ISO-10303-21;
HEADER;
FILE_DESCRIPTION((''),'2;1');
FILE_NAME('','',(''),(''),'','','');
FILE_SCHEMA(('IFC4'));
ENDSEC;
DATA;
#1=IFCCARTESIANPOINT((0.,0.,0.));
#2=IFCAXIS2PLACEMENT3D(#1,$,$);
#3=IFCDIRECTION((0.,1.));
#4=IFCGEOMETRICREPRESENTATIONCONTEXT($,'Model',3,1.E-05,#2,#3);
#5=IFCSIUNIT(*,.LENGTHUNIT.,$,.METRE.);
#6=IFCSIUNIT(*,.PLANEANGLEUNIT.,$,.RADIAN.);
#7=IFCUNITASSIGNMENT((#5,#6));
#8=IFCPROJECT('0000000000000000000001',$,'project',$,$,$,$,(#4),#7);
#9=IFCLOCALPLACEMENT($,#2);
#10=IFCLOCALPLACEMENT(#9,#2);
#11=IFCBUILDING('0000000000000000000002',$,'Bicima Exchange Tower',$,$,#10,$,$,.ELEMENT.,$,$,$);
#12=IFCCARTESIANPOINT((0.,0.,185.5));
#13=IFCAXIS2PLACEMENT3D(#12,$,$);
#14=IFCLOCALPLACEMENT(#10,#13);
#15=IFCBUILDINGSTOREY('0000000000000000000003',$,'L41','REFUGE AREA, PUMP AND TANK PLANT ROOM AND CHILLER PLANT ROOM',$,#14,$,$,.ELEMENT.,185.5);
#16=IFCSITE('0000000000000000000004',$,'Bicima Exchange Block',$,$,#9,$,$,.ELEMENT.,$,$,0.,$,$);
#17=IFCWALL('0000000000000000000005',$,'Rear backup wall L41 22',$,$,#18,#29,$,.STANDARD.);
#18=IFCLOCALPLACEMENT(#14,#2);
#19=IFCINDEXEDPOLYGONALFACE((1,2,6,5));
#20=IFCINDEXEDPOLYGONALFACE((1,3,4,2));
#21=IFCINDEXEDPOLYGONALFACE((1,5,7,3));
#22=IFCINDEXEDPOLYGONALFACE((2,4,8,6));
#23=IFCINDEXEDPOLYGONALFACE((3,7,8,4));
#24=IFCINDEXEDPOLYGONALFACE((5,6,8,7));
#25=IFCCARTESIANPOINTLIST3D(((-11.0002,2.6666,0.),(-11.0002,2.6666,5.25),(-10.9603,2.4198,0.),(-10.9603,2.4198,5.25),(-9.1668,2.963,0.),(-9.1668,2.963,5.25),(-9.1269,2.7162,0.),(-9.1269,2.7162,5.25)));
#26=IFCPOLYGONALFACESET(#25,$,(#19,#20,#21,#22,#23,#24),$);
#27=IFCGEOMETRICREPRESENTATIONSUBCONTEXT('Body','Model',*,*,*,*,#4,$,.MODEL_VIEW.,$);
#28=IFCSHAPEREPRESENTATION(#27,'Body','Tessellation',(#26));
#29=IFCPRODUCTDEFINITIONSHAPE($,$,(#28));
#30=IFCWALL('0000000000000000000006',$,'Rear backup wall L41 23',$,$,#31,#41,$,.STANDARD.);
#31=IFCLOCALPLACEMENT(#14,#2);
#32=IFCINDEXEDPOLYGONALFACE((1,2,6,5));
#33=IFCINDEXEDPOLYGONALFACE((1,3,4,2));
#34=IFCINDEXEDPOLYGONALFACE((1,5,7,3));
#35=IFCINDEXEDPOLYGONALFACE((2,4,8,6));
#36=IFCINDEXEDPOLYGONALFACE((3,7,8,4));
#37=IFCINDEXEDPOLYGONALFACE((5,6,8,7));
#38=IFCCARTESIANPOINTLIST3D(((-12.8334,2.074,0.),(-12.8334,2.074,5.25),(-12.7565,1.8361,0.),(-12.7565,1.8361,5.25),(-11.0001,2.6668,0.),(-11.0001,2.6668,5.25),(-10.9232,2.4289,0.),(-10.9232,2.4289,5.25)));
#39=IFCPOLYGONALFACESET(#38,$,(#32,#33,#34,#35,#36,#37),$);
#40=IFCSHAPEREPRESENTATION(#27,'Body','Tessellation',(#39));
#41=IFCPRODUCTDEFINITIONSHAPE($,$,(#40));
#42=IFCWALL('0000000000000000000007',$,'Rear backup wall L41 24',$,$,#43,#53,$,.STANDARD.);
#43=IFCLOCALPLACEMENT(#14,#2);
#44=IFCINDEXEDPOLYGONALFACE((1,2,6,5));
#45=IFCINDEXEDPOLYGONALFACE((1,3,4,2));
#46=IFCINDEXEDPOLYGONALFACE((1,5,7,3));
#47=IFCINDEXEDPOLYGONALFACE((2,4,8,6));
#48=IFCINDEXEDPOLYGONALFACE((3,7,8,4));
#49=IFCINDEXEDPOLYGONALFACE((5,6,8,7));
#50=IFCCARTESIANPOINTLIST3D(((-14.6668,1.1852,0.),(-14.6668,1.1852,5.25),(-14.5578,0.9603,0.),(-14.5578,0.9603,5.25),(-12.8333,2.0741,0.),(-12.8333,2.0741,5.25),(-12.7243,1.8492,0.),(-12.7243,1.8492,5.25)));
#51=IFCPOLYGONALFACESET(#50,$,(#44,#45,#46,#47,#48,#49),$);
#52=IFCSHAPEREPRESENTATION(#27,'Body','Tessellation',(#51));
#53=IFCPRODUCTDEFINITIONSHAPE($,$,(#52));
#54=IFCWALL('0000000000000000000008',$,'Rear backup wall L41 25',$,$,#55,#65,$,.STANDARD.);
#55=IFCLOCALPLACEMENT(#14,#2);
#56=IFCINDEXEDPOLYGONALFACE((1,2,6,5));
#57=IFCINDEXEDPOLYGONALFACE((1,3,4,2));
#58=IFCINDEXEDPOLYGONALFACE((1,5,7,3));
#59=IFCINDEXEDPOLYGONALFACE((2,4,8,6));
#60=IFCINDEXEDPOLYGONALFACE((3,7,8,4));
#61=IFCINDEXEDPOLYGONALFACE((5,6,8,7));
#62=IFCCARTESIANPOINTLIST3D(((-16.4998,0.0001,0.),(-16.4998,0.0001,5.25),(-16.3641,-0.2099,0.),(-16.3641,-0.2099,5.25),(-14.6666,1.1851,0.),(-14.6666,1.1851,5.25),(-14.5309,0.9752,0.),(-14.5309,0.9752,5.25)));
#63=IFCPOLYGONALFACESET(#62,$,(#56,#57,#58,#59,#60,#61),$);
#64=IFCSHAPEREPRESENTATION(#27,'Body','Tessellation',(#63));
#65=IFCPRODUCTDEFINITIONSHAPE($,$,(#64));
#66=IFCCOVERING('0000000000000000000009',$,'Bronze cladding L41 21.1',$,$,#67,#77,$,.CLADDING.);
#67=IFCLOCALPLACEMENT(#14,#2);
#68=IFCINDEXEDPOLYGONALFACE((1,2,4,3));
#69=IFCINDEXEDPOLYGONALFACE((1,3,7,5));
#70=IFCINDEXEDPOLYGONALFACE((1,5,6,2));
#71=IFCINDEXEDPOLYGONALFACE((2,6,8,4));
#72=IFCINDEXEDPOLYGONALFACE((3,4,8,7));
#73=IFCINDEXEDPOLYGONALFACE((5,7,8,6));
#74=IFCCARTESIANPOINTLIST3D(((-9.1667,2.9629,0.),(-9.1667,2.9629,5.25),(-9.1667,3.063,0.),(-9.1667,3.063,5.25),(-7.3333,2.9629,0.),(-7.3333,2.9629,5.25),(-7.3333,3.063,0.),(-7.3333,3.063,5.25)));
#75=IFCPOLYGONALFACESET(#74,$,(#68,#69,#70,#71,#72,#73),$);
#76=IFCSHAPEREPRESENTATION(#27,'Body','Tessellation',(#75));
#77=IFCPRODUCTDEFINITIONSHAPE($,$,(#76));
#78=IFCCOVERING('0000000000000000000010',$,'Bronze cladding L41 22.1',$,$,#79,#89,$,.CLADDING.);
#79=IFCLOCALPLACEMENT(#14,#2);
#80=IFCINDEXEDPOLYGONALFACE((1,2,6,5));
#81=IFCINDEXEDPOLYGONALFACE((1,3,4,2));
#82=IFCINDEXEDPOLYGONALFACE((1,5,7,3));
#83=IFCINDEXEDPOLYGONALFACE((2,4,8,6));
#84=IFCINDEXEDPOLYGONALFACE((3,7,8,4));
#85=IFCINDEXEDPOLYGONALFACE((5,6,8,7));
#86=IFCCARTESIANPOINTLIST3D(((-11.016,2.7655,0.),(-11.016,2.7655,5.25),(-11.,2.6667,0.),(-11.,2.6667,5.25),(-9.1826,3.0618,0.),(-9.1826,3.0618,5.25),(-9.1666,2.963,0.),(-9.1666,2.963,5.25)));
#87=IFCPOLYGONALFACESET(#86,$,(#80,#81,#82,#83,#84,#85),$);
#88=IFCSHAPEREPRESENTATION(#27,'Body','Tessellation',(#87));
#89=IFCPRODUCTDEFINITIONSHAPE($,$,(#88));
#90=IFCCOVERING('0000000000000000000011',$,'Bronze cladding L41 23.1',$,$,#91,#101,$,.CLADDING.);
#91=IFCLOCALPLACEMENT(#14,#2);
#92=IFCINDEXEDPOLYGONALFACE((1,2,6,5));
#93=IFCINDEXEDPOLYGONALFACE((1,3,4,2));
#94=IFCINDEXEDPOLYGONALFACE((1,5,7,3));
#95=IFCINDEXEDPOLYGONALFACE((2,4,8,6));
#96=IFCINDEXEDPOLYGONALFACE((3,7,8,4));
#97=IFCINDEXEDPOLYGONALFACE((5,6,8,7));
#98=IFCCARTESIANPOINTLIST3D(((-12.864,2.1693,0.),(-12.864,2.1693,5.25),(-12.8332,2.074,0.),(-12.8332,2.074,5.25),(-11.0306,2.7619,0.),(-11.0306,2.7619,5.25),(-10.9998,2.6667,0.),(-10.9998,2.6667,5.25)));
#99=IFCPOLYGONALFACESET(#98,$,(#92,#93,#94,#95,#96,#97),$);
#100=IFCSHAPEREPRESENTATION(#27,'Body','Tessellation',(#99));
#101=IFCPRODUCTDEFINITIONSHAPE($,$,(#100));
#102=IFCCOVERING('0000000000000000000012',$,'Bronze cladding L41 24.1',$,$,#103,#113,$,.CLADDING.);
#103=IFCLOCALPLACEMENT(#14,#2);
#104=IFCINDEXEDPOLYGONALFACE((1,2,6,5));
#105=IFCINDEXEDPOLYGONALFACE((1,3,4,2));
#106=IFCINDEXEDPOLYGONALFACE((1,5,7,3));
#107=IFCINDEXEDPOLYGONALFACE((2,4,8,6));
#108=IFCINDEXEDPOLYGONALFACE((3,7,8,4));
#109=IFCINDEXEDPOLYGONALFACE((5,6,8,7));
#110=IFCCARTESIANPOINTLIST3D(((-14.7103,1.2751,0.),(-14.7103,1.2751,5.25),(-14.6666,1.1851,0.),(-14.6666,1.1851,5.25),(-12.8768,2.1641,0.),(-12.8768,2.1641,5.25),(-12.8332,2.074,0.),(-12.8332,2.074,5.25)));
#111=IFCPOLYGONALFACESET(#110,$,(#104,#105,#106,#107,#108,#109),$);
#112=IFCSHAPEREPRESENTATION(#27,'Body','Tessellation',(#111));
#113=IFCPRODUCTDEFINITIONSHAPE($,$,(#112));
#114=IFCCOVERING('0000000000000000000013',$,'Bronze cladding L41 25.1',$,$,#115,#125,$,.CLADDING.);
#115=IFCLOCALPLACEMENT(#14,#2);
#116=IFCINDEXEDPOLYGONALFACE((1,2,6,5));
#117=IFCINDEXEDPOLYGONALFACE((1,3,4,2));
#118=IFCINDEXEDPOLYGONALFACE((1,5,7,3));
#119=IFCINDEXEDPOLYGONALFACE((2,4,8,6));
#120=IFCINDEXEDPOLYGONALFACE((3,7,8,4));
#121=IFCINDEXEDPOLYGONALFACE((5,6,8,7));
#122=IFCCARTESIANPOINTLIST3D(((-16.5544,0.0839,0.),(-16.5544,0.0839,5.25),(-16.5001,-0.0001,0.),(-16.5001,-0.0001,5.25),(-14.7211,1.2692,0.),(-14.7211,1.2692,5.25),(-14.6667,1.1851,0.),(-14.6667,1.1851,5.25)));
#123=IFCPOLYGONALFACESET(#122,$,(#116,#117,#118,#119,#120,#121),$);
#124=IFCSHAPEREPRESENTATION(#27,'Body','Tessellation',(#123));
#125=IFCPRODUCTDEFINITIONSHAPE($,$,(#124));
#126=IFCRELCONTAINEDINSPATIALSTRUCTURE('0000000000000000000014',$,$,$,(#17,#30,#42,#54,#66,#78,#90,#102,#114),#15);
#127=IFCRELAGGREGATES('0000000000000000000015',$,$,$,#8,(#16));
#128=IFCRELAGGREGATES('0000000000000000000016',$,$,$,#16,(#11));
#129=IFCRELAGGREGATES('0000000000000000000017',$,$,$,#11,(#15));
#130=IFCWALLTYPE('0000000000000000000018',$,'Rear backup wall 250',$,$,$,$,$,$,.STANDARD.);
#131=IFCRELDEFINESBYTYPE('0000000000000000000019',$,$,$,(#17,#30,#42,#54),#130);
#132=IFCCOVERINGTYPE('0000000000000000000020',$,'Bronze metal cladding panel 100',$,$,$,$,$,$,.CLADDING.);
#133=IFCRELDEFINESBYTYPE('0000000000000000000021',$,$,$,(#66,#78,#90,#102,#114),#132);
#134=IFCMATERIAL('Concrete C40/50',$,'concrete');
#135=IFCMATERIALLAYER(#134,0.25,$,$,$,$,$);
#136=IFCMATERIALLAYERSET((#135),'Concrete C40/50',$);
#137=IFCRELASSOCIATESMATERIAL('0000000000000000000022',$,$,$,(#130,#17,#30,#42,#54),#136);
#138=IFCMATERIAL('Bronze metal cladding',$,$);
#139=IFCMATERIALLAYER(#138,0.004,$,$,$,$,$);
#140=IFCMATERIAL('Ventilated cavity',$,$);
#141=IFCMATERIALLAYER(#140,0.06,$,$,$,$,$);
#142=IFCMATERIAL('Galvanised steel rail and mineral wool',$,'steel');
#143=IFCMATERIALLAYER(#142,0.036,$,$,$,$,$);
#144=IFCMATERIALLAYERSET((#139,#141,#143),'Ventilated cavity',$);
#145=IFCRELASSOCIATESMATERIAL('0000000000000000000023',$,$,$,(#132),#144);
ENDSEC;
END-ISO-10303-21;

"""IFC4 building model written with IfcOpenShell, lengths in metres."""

from ifc_helpers import new_model, si_unit, direction, frame, frame_2d, origin, origin_2d, place, context, subcontext, project, spatial, rectangle, extrude, material, layer, layer_set, layer_usage, type_object, element, save


model = new_model("IFC4")

# Units and contexts
model_context = context("Model", 3, precision=1e-05, world=origin(), true_north=direction((0.0, 1.0)))
body_context = subcontext(model_context, "Body", "Model", "MODEL_VIEW")
ifc_project = project(units=[si_unit("LENGTHUNIT", "METRE"), si_unit("PLANEANGLEUNIT", "RADIAN")], contexts=[model_context])

# Site, building, storey
site_placement = place(None, origin())
site = spatial("IfcSite", under=ifc_project, at=site_placement, Name="Bicima Exchange Block", CompositionType="ELEMENT", RefElevation=0.0)
building_placement = place(site_placement, origin())
building = spatial("IfcBuilding", under=site, at=building_placement, Name="Bicima Exchange Tower", CompositionType="ELEMENT")
storey_placement = place(building_placement, frame((0.0, 0.0, 185.5)))
storey = spatial("IfcBuildingStorey", under=building, at=storey_placement, Name="L41", Description="REFUGE AREA, PUMP AND TANK PLANT ROOM AND CHILLER PLANT ROOM", CompositionType="ELEMENT", Elevation=185.5)

# Walls
ifc_material_1 = material(Name="Concrete C40/50", Category="concrete")
ifc_layer_1 = layer(ifc_material_1, 0.25)
ifc_layer_set_1 = layer_set([ifc_layer_1], Name="Concrete C40/50")
ifc_layer_usage = layer_usage(ifc_layer_set_1, "AXIS2", "POSITIVE", -0.125)
wall_type_1 = type_object("IfcWallType", Name="Rear backup wall 250", PredefinedType="STANDARD", material=ifc_layer_set_1)
wall_1_placement = place(storey_placement, frame((-9.1467, 2.8396, 0.0), z_axis=(0.0, 0.0, 1.0), x_axis=(-0.987182, -0.1596, 0.0)))
element("IfcWall", 1, at=wall_1_placement, inside=storey, type_object=wall_type_1, material=ifc_layer_usage, Name="Rear backup wall L41 22", PredefinedType="STANDARD", context=body_context, shape_type="SweptSolid", body=[
    extrude(rectangle(XDim=1.8572, YDim=0.25, at=frame_2d((0.9287, 0.0))), origin(), (0.0, 0.0, 1.0), 5.25),
])
wall_2_placement = place(storey_placement, frame((-10.9617, 2.5479, 0.0), z_axis=(0.0, 0.0, 1.0), x_axis=(-0.951496, -0.307662, 0.0)))
element("IfcWall", 2, at=wall_2_placement, inside=storey, type_object=wall_type_1, material=ifc_layer_usage, Name="Rear backup wall L41 23", PredefinedType="STANDARD", context=body_context, shape_type="SweptSolid", body=[
    extrude(rectangle(XDim=1.9268, YDim=0.25, at=frame_2d((0.9634, 0.0))), origin(), (0.0, 0.0, 1.0), 5.25),
])
wall_3_placement = place(storey_placement, frame((-12.7788, 1.9617, 0.0), z_axis=(0.0, 0.0, 1.0), x_axis=(-0.899824, -0.436253, 0.0)))
element("IfcWall", 3, at=wall_3_placement, inside=storey, type_object=wall_type_1, material=ifc_layer_usage, Name="Rear backup wall L41 24", PredefinedType="STANDARD", context=body_context, shape_type="SweptSolid", body=[
    extrude(rectangle(XDim=2.0376, YDim=0.25, at=frame_2d((1.0188, 0.0))), origin(), (0.0, 0.0, 1.0), 5.25),
])
wall_4_placement = place(storey_placement, frame((-14.5989, 1.0801, 0.0), z_axis=(0.0, 0.0, 1.0), x_axis=(-0.839813, -0.542876, 0.0)))
element("IfcWall", 4, at=wall_4_placement, inside=storey, type_object=wall_type_1, material=ifc_layer_usage, Name="Rear backup wall L41 25", PredefinedType="STANDARD", context=body_context, shape_type="SweptSolid", body=[
    extrude(rectangle(XDim=2.1829, YDim=0.25, at=frame_2d((1.0913, 0.0))), origin(), (0.0, 0.0, 1.0), 5.25),
])

# Coverings
ifc_material_2 = material(Name="Bronze metal cladding")
ifc_layer_2 = layer(ifc_material_2, 0.004)
ifc_material_3 = material(Name="Ventilated cavity")
ifc_layer_3 = layer(ifc_material_3, 0.06)
ifc_material_4 = material(Name="Galvanised steel rail and mineral wool", Category="steel")
ifc_layer_4 = layer(ifc_material_4, 0.036)
ifc_layer_set_2 = layer_set([ifc_layer_2, ifc_layer_3, ifc_layer_4], Name="Ventilated cavity")
covering_type = type_object("IfcCoveringType", Name="Bronze metal cladding panel 100", PredefinedType="CLADDING", material=ifc_layer_set_2)
covering_1_placement = place(storey_placement, frame((-8.25, 3.0129, 0.0), z_axis=(0.0, 0.0, 1.0), x_axis=(-1.0, 0.0, 0.0)))
element("IfcCovering", 5, at=covering_1_placement, inside=storey, type_object=covering_type, Name="Bronze cladding L41 21.1", PredefinedType="CLADDING", context=body_context, shape_type="SweptSolid", body=[
    extrude(rectangle(XDim=1.8335, YDim=0.1001, at=origin_2d()), origin(), (0.0, 0.0, 1.0), 5.25),
])
covering_2_placement = place(storey_placement, frame((-10.0913, 2.8643, 0.0), z_axis=(0.0, 0.0, 1.0), x_axis=(-0.98719, -0.15955, 0.0)))
element("IfcCovering", 6, at=covering_2_placement, inside=storey, type_object=covering_type, Name="Bronze cladding L41 22.1", PredefinedType="CLADDING", context=body_context, shape_type="SweptSolid", body=[
    extrude(rectangle(XDim=1.8572, YDim=0.1001, at=origin_2d()), origin(), (0.0, 0.0, 1.0), 5.25),
])
covering_3_placement = place(storey_placement, frame((-11.9319, 2.418, 0.0), z_axis=(0.0, 0.0, 1.0), x_axis=(-0.951525, -0.307573, 0.0)))
element("IfcCovering", 7, at=covering_3_placement, inside=storey, type_object=covering_type, Name="Bronze cladding L41 23.1", PredefinedType="CLADDING", context=body_context, shape_type="SweptSolid", body=[
    extrude(rectangle(XDim=1.9268, YDim=0.1001, at=origin_2d()), origin(), (0.0, 0.0, 1.0), 5.25),
])
covering_4_placement = place(storey_placement, frame((-13.7717, 1.6746, 0.0), z_axis=(0.0, 0.0, 1.0), x_axis=(-0.899818, -0.436265, 0.0)))
element("IfcCovering", 8, at=covering_4_placement, inside=storey, type_object=covering_type, Name="Bronze cladding L41 24.1", PredefinedType="CLADDING", context=body_context, shape_type="SweptSolid", body=[
    extrude(rectangle(XDim=2.0376, YDim=0.1001, at=origin_2d()), origin(), (0.0, 0.0, 1.0), 5.25),
])
covering_5_placement = place(storey_placement, frame((-15.6106, 0.6345, 0.0), z_axis=(0.0, 0.0, 1.0), x_axis=(-0.83979, -0.542911, 0.0)))
element("IfcCovering", 9, at=covering_5_placement, inside=storey, type_object=covering_type, Name="Bronze cladding L41 25.1", PredefinedType="CLADDING", context=body_context, shape_type="SweptSolid", body=[
    extrude(rectangle(XDim=2.1831, YDim=0.1001, at=origin_2d()), origin(), (0.0, 0.0, 1.0), 5.25),
])

save(model, "model.ifc")
